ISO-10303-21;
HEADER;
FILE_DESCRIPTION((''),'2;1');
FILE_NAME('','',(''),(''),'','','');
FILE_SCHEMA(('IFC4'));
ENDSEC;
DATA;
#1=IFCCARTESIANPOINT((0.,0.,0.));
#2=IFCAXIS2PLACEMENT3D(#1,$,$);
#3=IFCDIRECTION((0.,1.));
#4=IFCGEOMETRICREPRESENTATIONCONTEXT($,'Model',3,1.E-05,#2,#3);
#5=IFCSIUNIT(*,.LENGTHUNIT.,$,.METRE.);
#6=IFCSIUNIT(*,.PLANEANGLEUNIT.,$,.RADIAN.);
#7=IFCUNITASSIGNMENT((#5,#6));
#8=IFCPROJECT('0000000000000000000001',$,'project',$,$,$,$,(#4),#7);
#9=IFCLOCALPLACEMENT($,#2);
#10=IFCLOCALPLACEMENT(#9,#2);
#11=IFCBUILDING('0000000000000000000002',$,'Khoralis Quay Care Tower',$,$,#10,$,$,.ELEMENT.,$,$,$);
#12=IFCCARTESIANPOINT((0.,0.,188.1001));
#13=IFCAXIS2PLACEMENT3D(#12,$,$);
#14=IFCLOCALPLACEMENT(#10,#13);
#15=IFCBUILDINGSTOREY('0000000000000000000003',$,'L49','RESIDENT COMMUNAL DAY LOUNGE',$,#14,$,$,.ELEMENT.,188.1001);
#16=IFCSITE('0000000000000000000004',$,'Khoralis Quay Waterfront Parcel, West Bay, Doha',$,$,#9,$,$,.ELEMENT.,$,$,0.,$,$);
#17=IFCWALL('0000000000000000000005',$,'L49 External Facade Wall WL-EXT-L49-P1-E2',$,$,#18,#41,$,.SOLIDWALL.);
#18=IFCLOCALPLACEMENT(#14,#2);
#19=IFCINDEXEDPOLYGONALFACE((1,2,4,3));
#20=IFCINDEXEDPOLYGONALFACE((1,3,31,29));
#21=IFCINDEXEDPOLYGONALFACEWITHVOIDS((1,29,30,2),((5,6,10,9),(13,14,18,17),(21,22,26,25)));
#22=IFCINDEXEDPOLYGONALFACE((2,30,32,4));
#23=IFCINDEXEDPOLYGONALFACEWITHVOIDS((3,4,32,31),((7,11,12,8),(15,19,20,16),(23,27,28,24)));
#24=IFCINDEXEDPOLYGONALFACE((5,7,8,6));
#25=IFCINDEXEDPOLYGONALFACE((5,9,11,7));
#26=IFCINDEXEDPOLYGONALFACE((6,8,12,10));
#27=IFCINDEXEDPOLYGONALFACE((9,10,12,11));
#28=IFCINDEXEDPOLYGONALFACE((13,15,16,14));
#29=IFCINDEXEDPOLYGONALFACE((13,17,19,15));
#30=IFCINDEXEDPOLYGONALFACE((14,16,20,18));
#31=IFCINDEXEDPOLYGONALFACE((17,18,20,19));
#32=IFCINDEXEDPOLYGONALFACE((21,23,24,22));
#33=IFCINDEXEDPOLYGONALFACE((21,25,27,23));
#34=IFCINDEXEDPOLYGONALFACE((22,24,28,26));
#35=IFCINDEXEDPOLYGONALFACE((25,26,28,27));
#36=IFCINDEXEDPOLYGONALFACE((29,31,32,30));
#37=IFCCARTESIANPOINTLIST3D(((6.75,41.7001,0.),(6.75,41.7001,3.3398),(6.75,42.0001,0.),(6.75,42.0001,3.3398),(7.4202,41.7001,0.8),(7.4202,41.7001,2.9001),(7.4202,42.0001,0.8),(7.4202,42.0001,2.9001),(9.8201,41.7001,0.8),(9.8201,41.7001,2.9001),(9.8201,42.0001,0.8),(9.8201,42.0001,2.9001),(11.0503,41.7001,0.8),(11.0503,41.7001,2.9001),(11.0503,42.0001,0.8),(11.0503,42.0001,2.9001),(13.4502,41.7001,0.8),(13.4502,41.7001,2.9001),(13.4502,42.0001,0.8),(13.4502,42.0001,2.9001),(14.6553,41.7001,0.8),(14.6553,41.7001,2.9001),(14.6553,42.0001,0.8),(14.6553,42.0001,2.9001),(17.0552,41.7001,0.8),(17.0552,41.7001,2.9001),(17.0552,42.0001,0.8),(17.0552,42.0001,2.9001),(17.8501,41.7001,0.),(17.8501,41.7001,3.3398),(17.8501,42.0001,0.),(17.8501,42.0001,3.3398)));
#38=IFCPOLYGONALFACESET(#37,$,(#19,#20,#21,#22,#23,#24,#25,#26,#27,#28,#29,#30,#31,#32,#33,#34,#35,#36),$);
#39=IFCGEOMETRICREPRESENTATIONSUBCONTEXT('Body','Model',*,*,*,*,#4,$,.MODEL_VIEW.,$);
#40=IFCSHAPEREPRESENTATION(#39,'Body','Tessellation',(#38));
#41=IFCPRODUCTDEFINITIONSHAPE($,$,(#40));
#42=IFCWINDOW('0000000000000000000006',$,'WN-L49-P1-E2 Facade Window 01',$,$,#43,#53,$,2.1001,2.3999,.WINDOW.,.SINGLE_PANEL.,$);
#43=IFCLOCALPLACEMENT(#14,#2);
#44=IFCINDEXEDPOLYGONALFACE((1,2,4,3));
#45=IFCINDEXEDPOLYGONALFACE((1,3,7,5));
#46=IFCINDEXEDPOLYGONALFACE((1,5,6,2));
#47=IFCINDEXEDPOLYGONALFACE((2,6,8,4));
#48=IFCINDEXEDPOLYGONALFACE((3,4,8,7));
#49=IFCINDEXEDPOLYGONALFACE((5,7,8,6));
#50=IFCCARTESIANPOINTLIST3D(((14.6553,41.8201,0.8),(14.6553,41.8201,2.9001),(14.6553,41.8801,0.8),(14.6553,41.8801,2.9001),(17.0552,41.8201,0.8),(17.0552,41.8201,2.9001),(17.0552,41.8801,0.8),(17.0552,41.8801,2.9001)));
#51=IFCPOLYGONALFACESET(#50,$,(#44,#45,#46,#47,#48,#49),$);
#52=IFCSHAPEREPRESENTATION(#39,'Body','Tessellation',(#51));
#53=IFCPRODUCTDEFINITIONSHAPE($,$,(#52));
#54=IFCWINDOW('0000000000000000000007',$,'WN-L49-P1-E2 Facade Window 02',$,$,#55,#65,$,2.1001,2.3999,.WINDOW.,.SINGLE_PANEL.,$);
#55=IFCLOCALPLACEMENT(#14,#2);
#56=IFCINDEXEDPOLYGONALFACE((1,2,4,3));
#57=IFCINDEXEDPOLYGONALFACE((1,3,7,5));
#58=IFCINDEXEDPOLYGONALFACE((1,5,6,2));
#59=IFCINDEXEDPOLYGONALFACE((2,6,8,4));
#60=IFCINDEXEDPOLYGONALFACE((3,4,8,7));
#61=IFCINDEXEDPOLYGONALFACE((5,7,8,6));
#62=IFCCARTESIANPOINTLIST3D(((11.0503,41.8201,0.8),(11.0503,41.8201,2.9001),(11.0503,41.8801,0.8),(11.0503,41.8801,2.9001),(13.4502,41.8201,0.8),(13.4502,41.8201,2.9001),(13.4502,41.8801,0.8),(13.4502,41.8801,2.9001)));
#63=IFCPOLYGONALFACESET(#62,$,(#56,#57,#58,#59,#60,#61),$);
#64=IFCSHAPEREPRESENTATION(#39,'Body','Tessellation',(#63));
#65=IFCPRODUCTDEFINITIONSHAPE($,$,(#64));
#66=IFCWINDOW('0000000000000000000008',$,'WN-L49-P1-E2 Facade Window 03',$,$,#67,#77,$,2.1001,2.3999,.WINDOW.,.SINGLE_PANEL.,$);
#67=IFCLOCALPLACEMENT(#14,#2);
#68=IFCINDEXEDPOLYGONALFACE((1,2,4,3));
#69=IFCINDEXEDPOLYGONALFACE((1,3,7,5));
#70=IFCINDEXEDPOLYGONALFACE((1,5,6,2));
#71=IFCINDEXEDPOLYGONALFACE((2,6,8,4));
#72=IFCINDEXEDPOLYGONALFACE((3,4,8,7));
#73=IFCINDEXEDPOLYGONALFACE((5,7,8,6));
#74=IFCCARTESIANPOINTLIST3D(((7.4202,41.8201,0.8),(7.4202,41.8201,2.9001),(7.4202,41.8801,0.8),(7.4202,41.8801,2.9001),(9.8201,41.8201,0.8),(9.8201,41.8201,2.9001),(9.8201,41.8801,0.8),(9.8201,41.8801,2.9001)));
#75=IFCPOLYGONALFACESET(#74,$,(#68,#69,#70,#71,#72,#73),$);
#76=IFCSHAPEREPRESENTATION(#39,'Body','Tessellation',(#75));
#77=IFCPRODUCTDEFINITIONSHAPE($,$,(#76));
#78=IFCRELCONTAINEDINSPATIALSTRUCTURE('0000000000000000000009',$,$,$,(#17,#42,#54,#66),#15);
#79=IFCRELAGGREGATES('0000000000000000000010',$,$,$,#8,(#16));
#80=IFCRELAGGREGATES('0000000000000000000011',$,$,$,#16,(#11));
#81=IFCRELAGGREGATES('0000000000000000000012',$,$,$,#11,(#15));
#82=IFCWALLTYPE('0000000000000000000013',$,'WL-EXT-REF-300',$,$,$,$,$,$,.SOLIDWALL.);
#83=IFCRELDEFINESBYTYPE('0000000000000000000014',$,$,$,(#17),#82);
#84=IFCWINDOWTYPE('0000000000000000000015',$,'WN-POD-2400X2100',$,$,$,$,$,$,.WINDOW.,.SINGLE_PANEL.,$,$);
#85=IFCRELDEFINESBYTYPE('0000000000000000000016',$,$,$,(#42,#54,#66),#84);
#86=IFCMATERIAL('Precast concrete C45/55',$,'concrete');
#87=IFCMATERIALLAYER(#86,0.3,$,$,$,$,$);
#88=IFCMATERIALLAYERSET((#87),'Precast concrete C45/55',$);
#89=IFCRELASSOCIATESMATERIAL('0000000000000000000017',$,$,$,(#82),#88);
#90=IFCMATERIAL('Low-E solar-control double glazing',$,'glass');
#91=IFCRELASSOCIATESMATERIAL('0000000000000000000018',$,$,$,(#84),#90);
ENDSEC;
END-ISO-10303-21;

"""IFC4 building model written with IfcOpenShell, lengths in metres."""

from ifc_helpers import new_model, si_unit, direction, frame, frame_2d, origin, place, context, subcontext, project, spatial, rectangle, extrude, source, transform, mapped, material, layer, layer_set, type_object, element, fill, save


model = new_model("IFC4")

# Units and contexts
model_context = context("Model", 3, precision=1e-05, world=origin(), true_north=direction((0.0, 1.0)))
body_context = subcontext(model_context, "Body", "Model", "MODEL_VIEW")
ifc_project = project(units=[si_unit("LENGTHUNIT", "METRE"), si_unit("PLANEANGLEUNIT", "RADIAN")], contexts=[model_context])

# Site, building, storey
site_placement = place(None, origin())
site = spatial("IfcSite", under=ifc_project, at=site_placement, Name="Khoralis Quay Waterfront Parcel, West Bay, Doha", CompositionType="ELEMENT", RefElevation=0.0)
building_placement = place(site_placement, origin())
building = spatial("IfcBuilding", under=site, at=building_placement, Name="Khoralis Quay Care Tower", CompositionType="ELEMENT")
storey_placement = place(building_placement, frame((0.0, 0.0, 188.1001)))
storey = spatial("IfcBuildingStorey", under=building, at=storey_placement, Name="L49", Description="RESIDENT COMMUNAL DAY LOUNGE", CompositionType="ELEMENT", Elevation=188.1001)

# Shared definitions
ifc_material_1 = material(Name="Low-E solar-control double glazing", Category="glass")

# Wall, openings, windows
ifc_material_2 = material(Name="Precast concrete C45/55", Category="concrete")
ifc_layer_1 = layer(ifc_material_2, 0.3)
ifc_layer_set_1 = layer_set([ifc_layer_1], Name="Precast concrete C45/55")
wall_type = type_object("IfcWallType", Name="WL-EXT-REF-300", PredefinedType="SOLIDWALL", material=ifc_layer_set_1)
wall_placement = place(storey_placement, frame((17.8501, 41.8501, 0.0), z_axis=(0.0, 0.0, 1.0), x_axis=(-1.0, 0.0, 0.0)))
wall = element("IfcWall", 1, at=wall_placement, inside=storey, type_object=wall_type, Name="L49 External Facade Wall WL-EXT-L49-P1-E2", PredefinedType="SOLIDWALL", context=body_context, shape_type="SweptSolid", body=[
    extrude(rectangle(XDim=11.1001, YDim=0.3, at=frame_2d((5.55, 0.0))), origin(), (0.0, 0.0, 1.0), 3.3398),
])
opening_1_placement = place(wall_placement, frame((0.7949, 0.0, 0.8)))
opening_1 = element("IfcOpeningElement", 2, at=opening_1_placement, cuts=wall, PredefinedType="OPENING", context=body_context, shape_type="SweptSolid", body=[
    extrude(rectangle(XDim=2.3999, YDim=2.1001, at=frame_2d((1.2, 1.05))), frame((0.0, 0.1602, 0.0), z_axis=(0.0, -1.0, 0.0), x_axis=(1.0, 0.0, 0.0)), (0.0, 0.0, 1.0), 0.3201),
])
opening_2_placement = place(wall_placement, frame((4.3999, 0.0, 0.8)))
opening_2 = element("IfcOpeningElement", 3, at=opening_2_placement, cuts=wall, PredefinedType="OPENING", context=body_context, shape_type="SweptSolid", body=[
    extrude(rectangle(XDim=2.3999, YDim=2.1001, at=frame_2d((1.2, 1.05))), frame((0.0, 0.1602, 0.0), z_axis=(0.0, -1.0, 0.0), x_axis=(1.0, 0.0, 0.0)), (0.0, 0.0, 1.0), 0.3201),
])
opening_3_placement = place(wall_placement, frame((8.03, 0.0, 0.8)))
opening_3 = element("IfcOpeningElement", 4, at=opening_3_placement, cuts=wall, PredefinedType="OPENING", context=body_context, shape_type="SweptSolid", body=[
    extrude(rectangle(XDim=2.3999, YDim=2.1001, at=frame_2d((1.2, 1.05))), frame((0.0, 0.1602, 0.0), z_axis=(0.0, -1.0, 0.0), x_axis=(1.0, 0.0, 0.0)), (0.0, 0.0, 1.0), 0.3201),
])
window_type = type_object("IfcWindowType", Name="WN-POD-2400X2100", PartitioningType="SINGLE_PANEL", PredefinedType="WINDOW", material=ifc_material_1)
shared_shape_1 = source(origin(), body_context, "Body", "SweptSolid", [
    extrude(rectangle(XDim=2.3999, YDim=2.1001, at=frame_2d((1.2, 1.05))), frame((0.0, 0.03, 0.0), z_axis=(0.0, -1.0, 0.0), x_axis=(1.0, 0.0, 0.0)), (0.0, 0.0, 1.0), 0.0601),
])
window_1_placement = place(opening_1_placement, origin())
window_1 = element("IfcWindow", 5, at=window_1_placement, inside=storey, type_object=window_type, Name="WN-L49-P1-E2 Facade Window 01", OverallHeight=2.1001, OverallWidth=2.3999, PartitioningType="SINGLE_PANEL", PredefinedType="WINDOW", context=body_context, shape_type="MappedRepresentation", body=[
    mapped(shared_shape_1, transform((0.0, 0.0, 0.0), scale=1.0)),
])
fill(opening_1, window_1)
window_2_placement = place(opening_2_placement, origin())
window_2 = element("IfcWindow", 6, at=window_2_placement, inside=storey, type_object=window_type, Name="WN-L49-P1-E2 Facade Window 02", OverallHeight=2.1001, OverallWidth=2.3999, PartitioningType="SINGLE_PANEL", PredefinedType="WINDOW", context=body_context, shape_type="MappedRepresentation", body=[
    mapped(shared_shape_1, transform((0.0, 0.0, 0.0), scale=1.0)),
])
fill(opening_2, window_2)
window_3_placement = place(opening_3_placement, origin())
window_3 = element("IfcWindow", 7, at=window_3_placement, inside=storey, type_object=window_type, Name="WN-L49-P1-E2 Facade Window 03", OverallHeight=2.1001, OverallWidth=2.3999, PartitioningType="SINGLE_PANEL", PredefinedType="WINDOW", context=body_context, shape_type="MappedRepresentation", body=[
    mapped(shared_shape_1, transform((0.0, 0.0, 0.0), scale=1.0)),
])
fill(opening_3, window_3)

save(model, "model.ifc")
